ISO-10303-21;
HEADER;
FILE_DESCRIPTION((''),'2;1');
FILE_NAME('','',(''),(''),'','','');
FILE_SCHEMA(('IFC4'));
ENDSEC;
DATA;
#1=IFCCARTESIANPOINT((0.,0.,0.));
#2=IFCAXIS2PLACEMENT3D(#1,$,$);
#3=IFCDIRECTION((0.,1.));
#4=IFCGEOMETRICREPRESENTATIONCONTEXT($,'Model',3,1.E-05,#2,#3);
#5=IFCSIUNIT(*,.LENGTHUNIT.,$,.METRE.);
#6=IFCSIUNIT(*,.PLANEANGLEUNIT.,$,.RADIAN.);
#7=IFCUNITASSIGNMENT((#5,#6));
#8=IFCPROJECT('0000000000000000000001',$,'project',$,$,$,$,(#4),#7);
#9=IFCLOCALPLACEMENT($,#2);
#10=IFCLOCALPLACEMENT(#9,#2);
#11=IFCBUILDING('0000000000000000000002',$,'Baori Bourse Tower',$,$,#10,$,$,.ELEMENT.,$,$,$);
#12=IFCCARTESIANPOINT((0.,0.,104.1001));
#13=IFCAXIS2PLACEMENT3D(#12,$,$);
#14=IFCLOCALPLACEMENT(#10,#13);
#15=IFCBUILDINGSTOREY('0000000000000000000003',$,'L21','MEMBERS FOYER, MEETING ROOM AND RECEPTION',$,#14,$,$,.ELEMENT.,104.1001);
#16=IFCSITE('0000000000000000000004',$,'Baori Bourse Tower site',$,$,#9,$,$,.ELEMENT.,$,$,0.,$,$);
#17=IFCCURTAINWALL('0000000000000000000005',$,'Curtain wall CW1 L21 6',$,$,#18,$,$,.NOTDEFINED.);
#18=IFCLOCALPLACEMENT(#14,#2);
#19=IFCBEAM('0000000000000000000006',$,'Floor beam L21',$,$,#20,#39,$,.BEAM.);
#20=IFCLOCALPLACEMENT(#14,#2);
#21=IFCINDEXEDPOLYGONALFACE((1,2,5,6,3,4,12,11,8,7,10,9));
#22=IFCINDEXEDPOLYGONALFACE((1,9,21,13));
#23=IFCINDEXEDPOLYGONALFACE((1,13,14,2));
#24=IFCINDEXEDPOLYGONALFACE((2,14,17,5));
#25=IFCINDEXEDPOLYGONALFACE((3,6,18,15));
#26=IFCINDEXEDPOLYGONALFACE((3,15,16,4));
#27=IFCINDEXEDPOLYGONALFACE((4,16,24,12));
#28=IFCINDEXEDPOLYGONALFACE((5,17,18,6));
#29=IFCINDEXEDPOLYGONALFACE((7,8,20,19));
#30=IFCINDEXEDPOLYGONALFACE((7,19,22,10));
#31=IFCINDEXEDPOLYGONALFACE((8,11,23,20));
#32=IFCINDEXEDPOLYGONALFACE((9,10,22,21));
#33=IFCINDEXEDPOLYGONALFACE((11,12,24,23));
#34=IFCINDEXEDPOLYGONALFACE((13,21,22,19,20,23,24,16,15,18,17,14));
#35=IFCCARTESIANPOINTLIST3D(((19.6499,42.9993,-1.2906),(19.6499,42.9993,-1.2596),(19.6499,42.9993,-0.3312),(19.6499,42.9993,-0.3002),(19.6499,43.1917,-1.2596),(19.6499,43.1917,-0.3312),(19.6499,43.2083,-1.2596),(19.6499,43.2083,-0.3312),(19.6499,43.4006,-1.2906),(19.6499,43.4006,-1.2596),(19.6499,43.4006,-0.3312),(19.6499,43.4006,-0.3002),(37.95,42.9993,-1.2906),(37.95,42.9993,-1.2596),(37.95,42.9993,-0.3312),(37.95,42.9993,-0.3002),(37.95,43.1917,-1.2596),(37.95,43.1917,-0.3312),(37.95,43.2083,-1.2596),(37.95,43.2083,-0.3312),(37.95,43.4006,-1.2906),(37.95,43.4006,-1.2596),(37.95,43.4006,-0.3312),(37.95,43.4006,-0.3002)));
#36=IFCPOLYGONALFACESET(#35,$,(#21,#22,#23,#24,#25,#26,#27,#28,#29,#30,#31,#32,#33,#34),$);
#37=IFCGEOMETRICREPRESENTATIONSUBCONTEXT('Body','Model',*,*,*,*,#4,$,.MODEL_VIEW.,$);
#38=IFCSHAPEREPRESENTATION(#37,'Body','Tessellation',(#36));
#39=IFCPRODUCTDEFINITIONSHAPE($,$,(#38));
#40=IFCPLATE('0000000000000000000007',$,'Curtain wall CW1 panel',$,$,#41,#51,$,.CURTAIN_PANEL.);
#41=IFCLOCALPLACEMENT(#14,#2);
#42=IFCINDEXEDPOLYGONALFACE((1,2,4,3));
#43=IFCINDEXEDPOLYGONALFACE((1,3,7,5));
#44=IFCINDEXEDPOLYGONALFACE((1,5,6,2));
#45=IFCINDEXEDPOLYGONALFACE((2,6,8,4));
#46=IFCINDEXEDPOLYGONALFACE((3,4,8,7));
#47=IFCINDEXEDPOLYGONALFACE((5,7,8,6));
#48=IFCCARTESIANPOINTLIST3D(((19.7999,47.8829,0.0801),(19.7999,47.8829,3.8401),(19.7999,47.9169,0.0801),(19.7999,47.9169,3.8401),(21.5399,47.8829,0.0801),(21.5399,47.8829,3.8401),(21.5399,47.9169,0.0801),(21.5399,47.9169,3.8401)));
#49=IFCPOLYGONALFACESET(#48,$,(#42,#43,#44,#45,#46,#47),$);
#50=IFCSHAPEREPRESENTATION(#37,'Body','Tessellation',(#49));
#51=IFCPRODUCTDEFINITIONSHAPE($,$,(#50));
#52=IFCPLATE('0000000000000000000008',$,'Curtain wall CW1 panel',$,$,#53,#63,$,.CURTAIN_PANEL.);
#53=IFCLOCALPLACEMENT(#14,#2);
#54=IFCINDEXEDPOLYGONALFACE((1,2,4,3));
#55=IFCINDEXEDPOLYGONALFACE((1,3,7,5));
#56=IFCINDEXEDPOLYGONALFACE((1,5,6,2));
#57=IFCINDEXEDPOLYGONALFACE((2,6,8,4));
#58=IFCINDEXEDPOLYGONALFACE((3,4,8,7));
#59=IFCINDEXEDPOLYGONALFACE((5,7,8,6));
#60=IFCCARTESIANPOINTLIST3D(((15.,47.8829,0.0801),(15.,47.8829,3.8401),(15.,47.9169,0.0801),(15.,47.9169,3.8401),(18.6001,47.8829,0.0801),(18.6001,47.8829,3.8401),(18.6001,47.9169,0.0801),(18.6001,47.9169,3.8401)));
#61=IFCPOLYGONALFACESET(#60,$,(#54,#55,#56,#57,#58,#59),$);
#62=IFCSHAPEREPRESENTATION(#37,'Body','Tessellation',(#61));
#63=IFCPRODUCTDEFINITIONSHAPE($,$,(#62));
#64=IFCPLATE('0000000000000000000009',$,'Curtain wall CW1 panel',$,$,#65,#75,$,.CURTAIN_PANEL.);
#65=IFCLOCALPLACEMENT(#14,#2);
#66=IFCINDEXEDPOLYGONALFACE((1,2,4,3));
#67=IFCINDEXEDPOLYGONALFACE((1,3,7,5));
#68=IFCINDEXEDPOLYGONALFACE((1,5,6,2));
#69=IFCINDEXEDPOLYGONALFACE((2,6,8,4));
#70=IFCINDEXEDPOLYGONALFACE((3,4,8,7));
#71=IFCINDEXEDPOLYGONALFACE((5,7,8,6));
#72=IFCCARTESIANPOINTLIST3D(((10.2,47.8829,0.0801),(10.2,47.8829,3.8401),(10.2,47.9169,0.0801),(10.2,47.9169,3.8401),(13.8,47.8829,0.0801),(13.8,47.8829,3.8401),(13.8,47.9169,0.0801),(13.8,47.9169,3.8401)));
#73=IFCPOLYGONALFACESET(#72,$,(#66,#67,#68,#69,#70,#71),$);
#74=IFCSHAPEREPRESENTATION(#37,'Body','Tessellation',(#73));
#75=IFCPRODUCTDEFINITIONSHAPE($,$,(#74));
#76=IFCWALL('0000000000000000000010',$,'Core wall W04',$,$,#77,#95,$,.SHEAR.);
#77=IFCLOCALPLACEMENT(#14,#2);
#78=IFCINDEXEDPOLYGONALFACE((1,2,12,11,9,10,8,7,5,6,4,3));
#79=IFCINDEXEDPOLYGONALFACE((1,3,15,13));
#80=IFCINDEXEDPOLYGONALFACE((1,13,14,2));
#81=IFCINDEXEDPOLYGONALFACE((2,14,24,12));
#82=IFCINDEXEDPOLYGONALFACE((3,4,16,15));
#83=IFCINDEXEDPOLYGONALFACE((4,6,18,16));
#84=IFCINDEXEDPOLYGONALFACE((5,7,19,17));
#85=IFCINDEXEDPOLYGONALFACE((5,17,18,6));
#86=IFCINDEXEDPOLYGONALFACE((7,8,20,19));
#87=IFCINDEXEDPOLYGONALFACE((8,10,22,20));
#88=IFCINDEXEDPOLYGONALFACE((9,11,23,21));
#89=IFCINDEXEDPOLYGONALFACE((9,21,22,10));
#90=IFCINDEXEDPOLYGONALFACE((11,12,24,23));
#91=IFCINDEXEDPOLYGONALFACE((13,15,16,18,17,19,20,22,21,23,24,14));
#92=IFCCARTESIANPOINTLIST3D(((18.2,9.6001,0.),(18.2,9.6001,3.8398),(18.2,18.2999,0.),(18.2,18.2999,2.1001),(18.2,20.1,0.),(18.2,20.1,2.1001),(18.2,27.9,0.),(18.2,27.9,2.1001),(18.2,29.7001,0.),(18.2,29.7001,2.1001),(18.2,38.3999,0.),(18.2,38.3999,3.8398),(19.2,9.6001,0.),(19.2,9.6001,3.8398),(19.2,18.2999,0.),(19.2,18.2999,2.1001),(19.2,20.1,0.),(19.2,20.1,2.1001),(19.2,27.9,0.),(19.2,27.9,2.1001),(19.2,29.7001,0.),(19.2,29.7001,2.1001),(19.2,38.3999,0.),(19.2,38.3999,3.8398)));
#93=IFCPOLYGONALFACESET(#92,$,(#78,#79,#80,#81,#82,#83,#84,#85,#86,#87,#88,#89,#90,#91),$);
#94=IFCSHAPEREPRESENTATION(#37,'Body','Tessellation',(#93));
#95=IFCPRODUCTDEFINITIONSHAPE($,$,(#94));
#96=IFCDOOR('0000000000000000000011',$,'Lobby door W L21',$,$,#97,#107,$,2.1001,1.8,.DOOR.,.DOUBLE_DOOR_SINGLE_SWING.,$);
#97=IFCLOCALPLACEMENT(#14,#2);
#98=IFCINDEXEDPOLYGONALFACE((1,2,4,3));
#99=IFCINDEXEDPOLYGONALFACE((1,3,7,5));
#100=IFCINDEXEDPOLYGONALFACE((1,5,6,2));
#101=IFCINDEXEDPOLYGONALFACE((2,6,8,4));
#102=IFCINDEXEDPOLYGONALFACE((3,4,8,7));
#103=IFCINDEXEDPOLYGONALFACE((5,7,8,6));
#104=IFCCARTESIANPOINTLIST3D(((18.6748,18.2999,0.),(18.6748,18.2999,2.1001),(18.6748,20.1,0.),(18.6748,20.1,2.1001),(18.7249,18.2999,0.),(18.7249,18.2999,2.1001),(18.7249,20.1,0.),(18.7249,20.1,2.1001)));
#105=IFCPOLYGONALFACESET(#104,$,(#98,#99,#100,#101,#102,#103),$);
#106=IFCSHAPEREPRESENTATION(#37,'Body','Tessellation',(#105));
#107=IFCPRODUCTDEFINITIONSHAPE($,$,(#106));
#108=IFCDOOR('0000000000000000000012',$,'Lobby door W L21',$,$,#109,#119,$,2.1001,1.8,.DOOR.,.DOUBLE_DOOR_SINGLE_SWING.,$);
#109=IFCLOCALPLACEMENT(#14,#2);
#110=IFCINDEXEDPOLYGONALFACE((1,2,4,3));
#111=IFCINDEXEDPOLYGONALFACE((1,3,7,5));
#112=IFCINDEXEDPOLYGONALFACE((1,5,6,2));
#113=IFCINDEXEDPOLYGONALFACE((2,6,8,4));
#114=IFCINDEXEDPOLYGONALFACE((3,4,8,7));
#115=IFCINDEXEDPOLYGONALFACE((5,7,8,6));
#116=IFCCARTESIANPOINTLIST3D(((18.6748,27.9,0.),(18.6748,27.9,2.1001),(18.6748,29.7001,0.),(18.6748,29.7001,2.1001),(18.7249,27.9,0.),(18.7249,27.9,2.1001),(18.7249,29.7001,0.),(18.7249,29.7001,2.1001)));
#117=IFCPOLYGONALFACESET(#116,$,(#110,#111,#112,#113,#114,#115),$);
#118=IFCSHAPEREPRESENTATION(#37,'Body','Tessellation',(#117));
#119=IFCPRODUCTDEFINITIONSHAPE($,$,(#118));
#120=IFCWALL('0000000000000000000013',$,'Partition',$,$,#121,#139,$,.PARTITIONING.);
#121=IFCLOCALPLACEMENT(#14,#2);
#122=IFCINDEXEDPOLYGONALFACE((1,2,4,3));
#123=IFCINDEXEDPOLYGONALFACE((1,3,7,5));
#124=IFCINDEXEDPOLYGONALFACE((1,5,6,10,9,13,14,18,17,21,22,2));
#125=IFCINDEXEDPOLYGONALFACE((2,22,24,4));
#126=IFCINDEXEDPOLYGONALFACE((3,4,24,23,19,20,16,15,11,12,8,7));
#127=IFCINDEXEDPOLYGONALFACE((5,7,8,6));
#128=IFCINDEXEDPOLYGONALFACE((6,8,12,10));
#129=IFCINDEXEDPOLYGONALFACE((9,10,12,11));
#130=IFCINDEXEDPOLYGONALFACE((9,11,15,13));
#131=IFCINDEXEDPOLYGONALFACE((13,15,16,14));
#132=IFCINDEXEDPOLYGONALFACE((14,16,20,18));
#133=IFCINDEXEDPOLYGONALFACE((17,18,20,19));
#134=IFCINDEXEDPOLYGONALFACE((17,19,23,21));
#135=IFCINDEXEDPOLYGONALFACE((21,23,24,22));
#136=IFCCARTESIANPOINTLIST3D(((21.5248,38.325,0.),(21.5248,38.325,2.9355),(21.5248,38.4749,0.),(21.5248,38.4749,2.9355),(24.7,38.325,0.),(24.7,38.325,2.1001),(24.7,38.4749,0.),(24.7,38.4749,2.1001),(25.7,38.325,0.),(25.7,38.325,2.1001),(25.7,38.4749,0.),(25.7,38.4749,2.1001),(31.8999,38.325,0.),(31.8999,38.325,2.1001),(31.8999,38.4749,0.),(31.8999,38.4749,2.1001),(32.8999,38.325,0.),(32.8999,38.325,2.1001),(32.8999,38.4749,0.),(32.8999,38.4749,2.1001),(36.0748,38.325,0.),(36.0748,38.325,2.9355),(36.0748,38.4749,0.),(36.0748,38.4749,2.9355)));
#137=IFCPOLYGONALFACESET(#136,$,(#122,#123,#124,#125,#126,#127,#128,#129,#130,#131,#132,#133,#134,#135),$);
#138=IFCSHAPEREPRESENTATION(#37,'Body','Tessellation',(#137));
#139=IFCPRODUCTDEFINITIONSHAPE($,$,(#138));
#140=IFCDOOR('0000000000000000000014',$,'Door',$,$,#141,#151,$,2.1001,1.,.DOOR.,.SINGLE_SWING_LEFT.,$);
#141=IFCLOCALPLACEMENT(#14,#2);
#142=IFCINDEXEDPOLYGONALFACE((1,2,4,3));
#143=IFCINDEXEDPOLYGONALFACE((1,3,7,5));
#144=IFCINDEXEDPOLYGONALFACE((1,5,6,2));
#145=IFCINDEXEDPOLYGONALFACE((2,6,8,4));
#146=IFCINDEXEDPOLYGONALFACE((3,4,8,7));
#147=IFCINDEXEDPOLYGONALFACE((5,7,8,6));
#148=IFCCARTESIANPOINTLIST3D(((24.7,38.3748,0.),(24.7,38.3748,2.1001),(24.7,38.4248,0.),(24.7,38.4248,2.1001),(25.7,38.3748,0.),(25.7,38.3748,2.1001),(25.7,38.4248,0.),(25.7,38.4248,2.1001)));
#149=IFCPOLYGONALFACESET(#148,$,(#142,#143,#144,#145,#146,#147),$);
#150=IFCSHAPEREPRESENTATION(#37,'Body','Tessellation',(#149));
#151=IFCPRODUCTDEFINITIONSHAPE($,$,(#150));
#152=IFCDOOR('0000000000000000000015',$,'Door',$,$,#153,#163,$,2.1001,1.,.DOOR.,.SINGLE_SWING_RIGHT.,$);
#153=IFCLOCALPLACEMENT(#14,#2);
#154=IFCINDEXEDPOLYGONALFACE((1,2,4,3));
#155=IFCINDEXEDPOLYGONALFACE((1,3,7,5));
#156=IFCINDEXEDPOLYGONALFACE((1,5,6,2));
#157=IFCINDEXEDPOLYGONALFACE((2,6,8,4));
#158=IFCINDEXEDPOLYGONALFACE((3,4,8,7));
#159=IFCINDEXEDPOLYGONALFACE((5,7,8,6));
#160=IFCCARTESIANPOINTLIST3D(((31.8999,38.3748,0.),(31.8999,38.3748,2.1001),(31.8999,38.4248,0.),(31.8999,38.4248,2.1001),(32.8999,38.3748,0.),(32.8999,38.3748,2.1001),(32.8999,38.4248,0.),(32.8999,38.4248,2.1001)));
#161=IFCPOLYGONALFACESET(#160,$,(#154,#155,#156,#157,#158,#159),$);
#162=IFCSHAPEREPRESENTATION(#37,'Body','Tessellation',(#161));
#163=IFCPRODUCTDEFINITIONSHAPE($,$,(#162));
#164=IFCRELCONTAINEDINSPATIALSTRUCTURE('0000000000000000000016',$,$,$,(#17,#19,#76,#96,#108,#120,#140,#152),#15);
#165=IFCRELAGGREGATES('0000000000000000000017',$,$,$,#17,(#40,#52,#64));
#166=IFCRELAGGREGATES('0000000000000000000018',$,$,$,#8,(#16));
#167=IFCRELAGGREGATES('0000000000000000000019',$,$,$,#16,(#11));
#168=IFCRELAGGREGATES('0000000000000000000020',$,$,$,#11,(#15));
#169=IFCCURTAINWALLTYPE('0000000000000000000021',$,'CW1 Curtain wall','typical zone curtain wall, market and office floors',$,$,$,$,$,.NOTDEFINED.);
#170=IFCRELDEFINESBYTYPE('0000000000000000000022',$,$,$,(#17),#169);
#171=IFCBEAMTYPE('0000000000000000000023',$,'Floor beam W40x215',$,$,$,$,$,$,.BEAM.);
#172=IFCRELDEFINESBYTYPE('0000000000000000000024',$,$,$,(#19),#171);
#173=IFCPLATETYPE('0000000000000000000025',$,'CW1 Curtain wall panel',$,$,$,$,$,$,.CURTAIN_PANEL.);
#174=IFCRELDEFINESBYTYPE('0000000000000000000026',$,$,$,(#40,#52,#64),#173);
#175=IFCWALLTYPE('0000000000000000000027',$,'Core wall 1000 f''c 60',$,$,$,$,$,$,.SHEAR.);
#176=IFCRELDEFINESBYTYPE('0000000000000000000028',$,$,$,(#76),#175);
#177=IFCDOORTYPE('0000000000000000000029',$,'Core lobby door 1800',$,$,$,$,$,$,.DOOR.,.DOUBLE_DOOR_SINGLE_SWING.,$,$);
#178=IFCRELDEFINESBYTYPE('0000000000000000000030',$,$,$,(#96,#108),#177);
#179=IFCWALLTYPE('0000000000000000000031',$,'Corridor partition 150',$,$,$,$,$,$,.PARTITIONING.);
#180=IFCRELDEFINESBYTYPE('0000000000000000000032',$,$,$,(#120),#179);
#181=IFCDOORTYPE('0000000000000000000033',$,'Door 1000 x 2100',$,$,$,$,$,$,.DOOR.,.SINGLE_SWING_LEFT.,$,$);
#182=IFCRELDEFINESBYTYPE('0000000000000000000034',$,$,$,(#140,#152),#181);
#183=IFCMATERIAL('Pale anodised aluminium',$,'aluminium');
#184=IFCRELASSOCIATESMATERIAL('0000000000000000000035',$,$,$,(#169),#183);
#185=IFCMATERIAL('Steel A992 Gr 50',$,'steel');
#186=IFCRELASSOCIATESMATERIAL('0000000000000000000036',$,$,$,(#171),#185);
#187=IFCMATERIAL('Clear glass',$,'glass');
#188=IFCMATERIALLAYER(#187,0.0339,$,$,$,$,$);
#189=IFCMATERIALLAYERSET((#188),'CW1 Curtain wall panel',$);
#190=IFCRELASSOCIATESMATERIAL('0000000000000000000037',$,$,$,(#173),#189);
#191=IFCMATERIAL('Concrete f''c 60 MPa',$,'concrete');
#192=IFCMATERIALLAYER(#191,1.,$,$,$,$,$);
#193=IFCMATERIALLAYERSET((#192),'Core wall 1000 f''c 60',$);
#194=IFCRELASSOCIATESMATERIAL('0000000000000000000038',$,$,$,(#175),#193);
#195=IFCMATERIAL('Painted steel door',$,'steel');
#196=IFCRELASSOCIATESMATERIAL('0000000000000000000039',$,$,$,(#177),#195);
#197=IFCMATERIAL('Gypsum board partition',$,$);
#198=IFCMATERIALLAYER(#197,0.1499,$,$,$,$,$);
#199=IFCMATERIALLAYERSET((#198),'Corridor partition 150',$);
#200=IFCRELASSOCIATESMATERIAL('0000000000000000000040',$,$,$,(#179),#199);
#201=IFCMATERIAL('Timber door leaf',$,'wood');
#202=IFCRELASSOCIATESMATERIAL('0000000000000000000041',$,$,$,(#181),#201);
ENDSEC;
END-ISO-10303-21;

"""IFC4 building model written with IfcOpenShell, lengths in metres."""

from ifc_helpers import new_model, si_unit, direction, frame, frame_2d, origin, origin_2d, place, context, subcontext, project, spatial, rectangle, i_section, extrude, material, layer, layer_set, material_profile, profile_set, type_object, element, fill, aggregate, save


model = new_model("IFC4")

# Units and contexts
model_context = context("Model", 3, precision=1e-05, world=origin(), true_north=direction((0.0, 1.0)))
body_context = subcontext(model_context, "Body", "Model", "MODEL_VIEW")
ifc_project = project(units=[si_unit("LENGTHUNIT", "METRE"), si_unit("PLANEANGLEUNIT", "RADIAN")], contexts=[model_context])

# Site, building, storey
site_placement = place(None, origin())
site = spatial("IfcSite", under=ifc_project, at=site_placement, Name="Baori Bourse Tower site", CompositionType="ELEMENT", RefElevation=0.0)
building_placement = place(site_placement, origin())
building = spatial("IfcBuilding", under=site, at=building_placement, Name="Baori Bourse Tower", CompositionType="ELEMENT")
storey_placement = place(building_placement, frame((0.0, 0.0, 104.1001)))
storey = spatial("IfcBuildingStorey", under=building, at=storey_placement, Name="L21", Description="MEMBERS FOYER, MEETING ROOM AND RECEPTION", CompositionType="ELEMENT", Elevation=104.1001)

# Curtain wall
ifc_material_1 = material(Name="Pale anodised aluminium", Category="aluminium")
curtain_wall_type = type_object("IfcCurtainWallType", Name="CW1 Curtain wall", Description="typical zone curtain wall, market and office floors", PredefinedType="NOTDEFINED", material=ifc_material_1)
curtain_wall_placement = place(storey_placement, origin())
curtain_wall = element("IfcCurtainWall", 1, at=curtain_wall_placement, inside=storey, type_object=curtain_wall_type, Name="Curtain wall CW1 L21 6", PredefinedType="NOTDEFINED")

# Beam
ifc_material_2 = material(Name="Steel A992 Gr 50", Category="steel")
ifc_material_profile_1 = material_profile(ifc_material_2, i_section(OverallWidth=0.4014, OverallDepth=0.9905, WebThickness=0.0166, FlangeThickness=0.031, at=origin_2d()), Name="W40x215")
ifc_profile_set_1 = profile_set([ifc_material_profile_1], Name="Steel A992 Gr 50")
beam_type_1 = type_object("IfcBeamType", Name="Floor beam W40x215", PredefinedType="BEAM", material=ifc_profile_set_1)
beam_1_placement = place(storey_placement, frame((19.6499, 43.2, -0.7954), z_axis=(1.0, 0.0, 0.0), x_axis=(0.0, 1.0, 0.0)))
element("IfcBeam", 2, at=beam_1_placement, inside=storey, type_object=beam_type_1, Name="Floor beam L21", PredefinedType="BEAM", context=body_context, shape_type="SweptSolid", body=[
    extrude(i_section(OverallWidth=0.4014, OverallDepth=0.9905, WebThickness=0.0166, FlangeThickness=0.031, at=origin_2d()), origin(), (0.0, 0.0, 1.0), 18.3),
])

# Plates
ifc_material_3 = material(Name="Clear glass", Category="glass")
ifc_layer_1 = layer(ifc_material_3, 0.0339)
ifc_layer_set_1 = layer_set([ifc_layer_1], Name="CW1 Curtain wall panel")
plate_type = type_object("IfcPlateType", Name="CW1 Curtain wall panel", PredefinedType="CURTAIN_PANEL", material=ifc_layer_set_1)
plate_1_placement = place(storey_placement, frame((20.6699, 47.8999, 0.0801), z_axis=(0.0, 0.0, 1.0), x_axis=(-1.0, 0.0, 0.0)))
plate_1 = element("IfcPlate", 3, at=plate_1_placement, type_object=plate_type, Name="Curtain wall CW1 panel", PredefinedType="CURTAIN_PANEL", context=body_context, shape_type="SweptSolid", body=[
    extrude(rectangle(XDim=1.74, YDim=0.0339, at=origin_2d()), origin(), (0.0, 0.0, 1.0), 3.76),
])
plate_2_placement = place(storey_placement, frame((16.8, 47.8999, 0.0801), z_axis=(0.0, 0.0, 1.0), x_axis=(-1.0, 0.0, 0.0)))
plate_2 = element("IfcPlate", 4, at=plate_2_placement, type_object=plate_type, Name="Curtain wall CW1 panel", PredefinedType="CURTAIN_PANEL", context=body_context, shape_type="SweptSolid", body=[
    extrude(rectangle(XDim=3.6001, YDim=0.0339, at=origin_2d()), origin(), (0.0, 0.0, 1.0), 3.76),
])
plate_3_placement = place(storey_placement, frame((12.0, 47.8999, 0.0801), z_axis=(0.0, 0.0, 1.0), x_axis=(-1.0, 0.0, 0.0)))
plate_3 = element("IfcPlate", 5, at=plate_3_placement, type_object=plate_type, Name="Curtain wall CW1 panel", PredefinedType="CURTAIN_PANEL", context=body_context, shape_type="SweptSolid", body=[
    extrude(rectangle(XDim=3.6001, YDim=0.0339, at=origin_2d()), origin(), (0.0, 0.0, 1.0), 3.76),
])
aggregate(curtain_wall, [plate_1, plate_2, plate_3])

# Walls, openings, doors
ifc_material_4 = material(Name="Concrete f'c 60 MPa", Category="concrete")
ifc_layer_2 = layer(ifc_material_4, 1.0)
ifc_layer_set_2 = layer_set([ifc_layer_2], Name="Core wall 1000 f'c 60")
wall_type_1 = type_object("IfcWallType", Name="Core wall 1000 f'c 60", PredefinedType="SHEAR", material=ifc_layer_set_2)
wall_1_placement = place(storey_placement, frame((18.7, 38.3999, 0.0), z_axis=(0.0, 0.0, 1.0), x_axis=(0.0, -1.0, 0.0)))
wall_1 = element("IfcWall", 6, at=wall_1_placement, inside=storey, type_object=wall_type_1, Name="Core wall W04", PredefinedType="SHEAR", context=body_context, shape_type="SweptSolid", body=[
    extrude(rectangle(XDim=28.7998, YDim=1.0, at=frame_2d((14.3999, 0.0))), origin(), (0.0, 0.0, 1.0), 3.8398),
])
opening_1_placement = place(wall_1_placement, frame((18.3, 0.0, 0.0)))
opening_1 = element("IfcOpeningElement", 7, at=opening_1_placement, cuts=wall_1, PredefinedType="OPENING", context=body_context, shape_type="SweptSolid", body=[
    extrude(rectangle(XDim=1.8, YDim=2.1001, at=frame_2d((0.8999, 1.05))), frame((0.0, 0.51, 0.0), z_axis=(0.0, -1.0, 0.0), x_axis=(1.0, 0.0, 0.0)), (0.0, 0.0, 1.0), 1.02),
])
opening_2_placement = place(wall_1_placement, frame((8.7, 0.0, 0.0)))
opening_2 = element("IfcOpeningElement", 8, at=opening_2_placement, cuts=wall_1, PredefinedType="OPENING", context=body_context, shape_type="SweptSolid", body=[
    extrude(rectangle(XDim=1.8, YDim=2.1001, at=frame_2d((0.8999, 1.05))), frame((0.0, 0.51, 0.0), z_axis=(0.0, -1.0, 0.0), x_axis=(1.0, 0.0, 0.0)), (0.0, 0.0, 1.0), 1.02),
])
ifc_material_5 = material(Name="Painted steel door", Category="steel")
door_type_1 = type_object("IfcDoorType", Name="Core lobby door 1800", OperationType="DOUBLE_DOOR_SINGLE_SWING", PredefinedType="DOOR", material=ifc_material_5)
door_1_placement = place(opening_1_placement, origin())
door_1 = element("IfcDoor", 9, at=door_1_placement, inside=storey, type_object=door_type_1, Name="Lobby door W L21", OperationType="DOUBLE_DOOR_SINGLE_SWING", OverallHeight=2.1001, OverallWidth=1.8, PredefinedType="DOOR", context=body_context, shape_type="SweptSolid", body=[
    extrude(rectangle(XDim=1.8, YDim=2.1001, at=frame_2d((0.8999, 1.05))), frame((0.0, 0.0249, 0.0), z_axis=(0.0, -1.0, 0.0), x_axis=(1.0, 0.0, 0.0)), (0.0, 0.0, 1.0), 0.05),
])
fill(opening_1, door_1)
door_2_placement = place(opening_2_placement, origin())
door_2 = element("IfcDoor", 10, at=door_2_placement, inside=storey, type_object=door_type_1, Name="Lobby door W L21", OperationType="DOUBLE_DOOR_SINGLE_SWING", OverallHeight=2.1001, OverallWidth=1.8, PredefinedType="DOOR", context=body_context, shape_type="SweptSolid", body=[
    extrude(rectangle(XDim=1.8, YDim=2.1001, at=frame_2d((0.8999, 1.05))), frame((0.0, 0.0249, 0.0), z_axis=(0.0, -1.0, 0.0), x_axis=(1.0, 0.0, 0.0)), (0.0, 0.0, 1.0), 0.05),
])
fill(opening_2, door_2)
ifc_material_6 = material(Name="Gypsum board partition")
ifc_layer_3 = layer(ifc_material_6, 0.1499)
ifc_layer_set_3 = layer_set([ifc_layer_3], Name="Corridor partition 150")
wall_type_2 = type_object("IfcWallType", Name="Corridor partition 150", PredefinedType="PARTITIONING", material=ifc_layer_set_3)
wall_2_placement = place(storey_placement, frame((21.5249, 38.3999, 0.0), z_axis=(0.0, 0.0, 1.0), x_axis=(1.0, 0.0, 0.0)))
wall_2 = element("IfcWall", 11, at=wall_2_placement, inside=storey, type_object=wall_type_2, Name="Partition", PredefinedType="PARTITIONING", context=body_context, shape_type="SweptSolid", body=[
    extrude(rectangle(XDim=14.55, YDim=0.1499, at=frame_2d((7.2749, 0.0))), origin(), (0.0, 0.0, 1.0), 2.9355),
])
opening_3_placement = place(wall_2_placement, frame((3.175, 0.0, 0.0)))
opening_3 = element("IfcOpeningElement", 12, at=opening_3_placement, cuts=wall_2, PredefinedType="OPENING", context=body_context, shape_type="SweptSolid", body=[
    extrude(rectangle(XDim=1.0, YDim=2.1001, at=frame_2d((0.5, 1.05))), frame((0.0, 0.085, 0.0), z_axis=(0.0, -1.0, 0.0), x_axis=(1.0, 0.0, 0.0)), (0.0, 0.0, 1.0), 0.1699),
])
opening_4_placement = place(wall_2_placement, frame((10.375, 0.0, 0.0)))
opening_4 = element("IfcOpeningElement", 13, at=opening_4_placement, cuts=wall_2, PredefinedType="OPENING", context=body_context, shape_type="SweptSolid", body=[
    extrude(rectangle(XDim=1.0, YDim=2.1001, at=frame_2d((0.5, 1.05))), frame((0.0, 0.085, 0.0), z_axis=(0.0, -1.0, 0.0), x_axis=(1.0, 0.0, 0.0)), (0.0, 0.0, 1.0), 0.1699),
])
ifc_material_7 = material(Name="Timber door leaf", Category="wood")
door_type_2 = type_object("IfcDoorType", Name="Door 1000 x 2100", OperationType="SINGLE_SWING_LEFT", PredefinedType="DOOR", material=ifc_material_7)
door_3_placement = place(opening_3_placement, origin())
door_3 = element("IfcDoor", 14, at=door_3_placement, inside=storey, type_object=door_type_2, Name="Door", OperationType="SINGLE_SWING_LEFT", OverallHeight=2.1001, OverallWidth=1.0, PredefinedType="DOOR", context=body_context, shape_type="SweptSolid", body=[
    extrude(rectangle(XDim=1.0, YDim=2.1001, at=frame_2d((0.5, 1.05))), frame((0.0, 0.0249, 0.0), z_axis=(0.0, -1.0, 0.0), x_axis=(1.0, 0.0, 0.0)), (0.0, 0.0, 1.0), 0.05),
])
fill(opening_3, door_3)
door_4_placement = place(opening_4_placement, origin())
door_4 = element("IfcDoor", 15, at=door_4_placement, inside=storey, type_object=door_type_2, Name="Door", OperationType="SINGLE_SWING_RIGHT", OverallHeight=2.1001, OverallWidth=1.0, PredefinedType="DOOR", context=body_context, shape_type="SweptSolid", body=[
    extrude(rectangle(XDim=1.0, YDim=2.1001, at=frame_2d((0.5, 1.05))), frame((0.0, 0.0249, 0.0), z_axis=(0.0, -1.0, 0.0), x_axis=(1.0, 0.0, 0.0)), (0.0, 0.0, 1.0), 0.05),
])
fill(opening_4, door_4)

save(model, "model.ifc")
